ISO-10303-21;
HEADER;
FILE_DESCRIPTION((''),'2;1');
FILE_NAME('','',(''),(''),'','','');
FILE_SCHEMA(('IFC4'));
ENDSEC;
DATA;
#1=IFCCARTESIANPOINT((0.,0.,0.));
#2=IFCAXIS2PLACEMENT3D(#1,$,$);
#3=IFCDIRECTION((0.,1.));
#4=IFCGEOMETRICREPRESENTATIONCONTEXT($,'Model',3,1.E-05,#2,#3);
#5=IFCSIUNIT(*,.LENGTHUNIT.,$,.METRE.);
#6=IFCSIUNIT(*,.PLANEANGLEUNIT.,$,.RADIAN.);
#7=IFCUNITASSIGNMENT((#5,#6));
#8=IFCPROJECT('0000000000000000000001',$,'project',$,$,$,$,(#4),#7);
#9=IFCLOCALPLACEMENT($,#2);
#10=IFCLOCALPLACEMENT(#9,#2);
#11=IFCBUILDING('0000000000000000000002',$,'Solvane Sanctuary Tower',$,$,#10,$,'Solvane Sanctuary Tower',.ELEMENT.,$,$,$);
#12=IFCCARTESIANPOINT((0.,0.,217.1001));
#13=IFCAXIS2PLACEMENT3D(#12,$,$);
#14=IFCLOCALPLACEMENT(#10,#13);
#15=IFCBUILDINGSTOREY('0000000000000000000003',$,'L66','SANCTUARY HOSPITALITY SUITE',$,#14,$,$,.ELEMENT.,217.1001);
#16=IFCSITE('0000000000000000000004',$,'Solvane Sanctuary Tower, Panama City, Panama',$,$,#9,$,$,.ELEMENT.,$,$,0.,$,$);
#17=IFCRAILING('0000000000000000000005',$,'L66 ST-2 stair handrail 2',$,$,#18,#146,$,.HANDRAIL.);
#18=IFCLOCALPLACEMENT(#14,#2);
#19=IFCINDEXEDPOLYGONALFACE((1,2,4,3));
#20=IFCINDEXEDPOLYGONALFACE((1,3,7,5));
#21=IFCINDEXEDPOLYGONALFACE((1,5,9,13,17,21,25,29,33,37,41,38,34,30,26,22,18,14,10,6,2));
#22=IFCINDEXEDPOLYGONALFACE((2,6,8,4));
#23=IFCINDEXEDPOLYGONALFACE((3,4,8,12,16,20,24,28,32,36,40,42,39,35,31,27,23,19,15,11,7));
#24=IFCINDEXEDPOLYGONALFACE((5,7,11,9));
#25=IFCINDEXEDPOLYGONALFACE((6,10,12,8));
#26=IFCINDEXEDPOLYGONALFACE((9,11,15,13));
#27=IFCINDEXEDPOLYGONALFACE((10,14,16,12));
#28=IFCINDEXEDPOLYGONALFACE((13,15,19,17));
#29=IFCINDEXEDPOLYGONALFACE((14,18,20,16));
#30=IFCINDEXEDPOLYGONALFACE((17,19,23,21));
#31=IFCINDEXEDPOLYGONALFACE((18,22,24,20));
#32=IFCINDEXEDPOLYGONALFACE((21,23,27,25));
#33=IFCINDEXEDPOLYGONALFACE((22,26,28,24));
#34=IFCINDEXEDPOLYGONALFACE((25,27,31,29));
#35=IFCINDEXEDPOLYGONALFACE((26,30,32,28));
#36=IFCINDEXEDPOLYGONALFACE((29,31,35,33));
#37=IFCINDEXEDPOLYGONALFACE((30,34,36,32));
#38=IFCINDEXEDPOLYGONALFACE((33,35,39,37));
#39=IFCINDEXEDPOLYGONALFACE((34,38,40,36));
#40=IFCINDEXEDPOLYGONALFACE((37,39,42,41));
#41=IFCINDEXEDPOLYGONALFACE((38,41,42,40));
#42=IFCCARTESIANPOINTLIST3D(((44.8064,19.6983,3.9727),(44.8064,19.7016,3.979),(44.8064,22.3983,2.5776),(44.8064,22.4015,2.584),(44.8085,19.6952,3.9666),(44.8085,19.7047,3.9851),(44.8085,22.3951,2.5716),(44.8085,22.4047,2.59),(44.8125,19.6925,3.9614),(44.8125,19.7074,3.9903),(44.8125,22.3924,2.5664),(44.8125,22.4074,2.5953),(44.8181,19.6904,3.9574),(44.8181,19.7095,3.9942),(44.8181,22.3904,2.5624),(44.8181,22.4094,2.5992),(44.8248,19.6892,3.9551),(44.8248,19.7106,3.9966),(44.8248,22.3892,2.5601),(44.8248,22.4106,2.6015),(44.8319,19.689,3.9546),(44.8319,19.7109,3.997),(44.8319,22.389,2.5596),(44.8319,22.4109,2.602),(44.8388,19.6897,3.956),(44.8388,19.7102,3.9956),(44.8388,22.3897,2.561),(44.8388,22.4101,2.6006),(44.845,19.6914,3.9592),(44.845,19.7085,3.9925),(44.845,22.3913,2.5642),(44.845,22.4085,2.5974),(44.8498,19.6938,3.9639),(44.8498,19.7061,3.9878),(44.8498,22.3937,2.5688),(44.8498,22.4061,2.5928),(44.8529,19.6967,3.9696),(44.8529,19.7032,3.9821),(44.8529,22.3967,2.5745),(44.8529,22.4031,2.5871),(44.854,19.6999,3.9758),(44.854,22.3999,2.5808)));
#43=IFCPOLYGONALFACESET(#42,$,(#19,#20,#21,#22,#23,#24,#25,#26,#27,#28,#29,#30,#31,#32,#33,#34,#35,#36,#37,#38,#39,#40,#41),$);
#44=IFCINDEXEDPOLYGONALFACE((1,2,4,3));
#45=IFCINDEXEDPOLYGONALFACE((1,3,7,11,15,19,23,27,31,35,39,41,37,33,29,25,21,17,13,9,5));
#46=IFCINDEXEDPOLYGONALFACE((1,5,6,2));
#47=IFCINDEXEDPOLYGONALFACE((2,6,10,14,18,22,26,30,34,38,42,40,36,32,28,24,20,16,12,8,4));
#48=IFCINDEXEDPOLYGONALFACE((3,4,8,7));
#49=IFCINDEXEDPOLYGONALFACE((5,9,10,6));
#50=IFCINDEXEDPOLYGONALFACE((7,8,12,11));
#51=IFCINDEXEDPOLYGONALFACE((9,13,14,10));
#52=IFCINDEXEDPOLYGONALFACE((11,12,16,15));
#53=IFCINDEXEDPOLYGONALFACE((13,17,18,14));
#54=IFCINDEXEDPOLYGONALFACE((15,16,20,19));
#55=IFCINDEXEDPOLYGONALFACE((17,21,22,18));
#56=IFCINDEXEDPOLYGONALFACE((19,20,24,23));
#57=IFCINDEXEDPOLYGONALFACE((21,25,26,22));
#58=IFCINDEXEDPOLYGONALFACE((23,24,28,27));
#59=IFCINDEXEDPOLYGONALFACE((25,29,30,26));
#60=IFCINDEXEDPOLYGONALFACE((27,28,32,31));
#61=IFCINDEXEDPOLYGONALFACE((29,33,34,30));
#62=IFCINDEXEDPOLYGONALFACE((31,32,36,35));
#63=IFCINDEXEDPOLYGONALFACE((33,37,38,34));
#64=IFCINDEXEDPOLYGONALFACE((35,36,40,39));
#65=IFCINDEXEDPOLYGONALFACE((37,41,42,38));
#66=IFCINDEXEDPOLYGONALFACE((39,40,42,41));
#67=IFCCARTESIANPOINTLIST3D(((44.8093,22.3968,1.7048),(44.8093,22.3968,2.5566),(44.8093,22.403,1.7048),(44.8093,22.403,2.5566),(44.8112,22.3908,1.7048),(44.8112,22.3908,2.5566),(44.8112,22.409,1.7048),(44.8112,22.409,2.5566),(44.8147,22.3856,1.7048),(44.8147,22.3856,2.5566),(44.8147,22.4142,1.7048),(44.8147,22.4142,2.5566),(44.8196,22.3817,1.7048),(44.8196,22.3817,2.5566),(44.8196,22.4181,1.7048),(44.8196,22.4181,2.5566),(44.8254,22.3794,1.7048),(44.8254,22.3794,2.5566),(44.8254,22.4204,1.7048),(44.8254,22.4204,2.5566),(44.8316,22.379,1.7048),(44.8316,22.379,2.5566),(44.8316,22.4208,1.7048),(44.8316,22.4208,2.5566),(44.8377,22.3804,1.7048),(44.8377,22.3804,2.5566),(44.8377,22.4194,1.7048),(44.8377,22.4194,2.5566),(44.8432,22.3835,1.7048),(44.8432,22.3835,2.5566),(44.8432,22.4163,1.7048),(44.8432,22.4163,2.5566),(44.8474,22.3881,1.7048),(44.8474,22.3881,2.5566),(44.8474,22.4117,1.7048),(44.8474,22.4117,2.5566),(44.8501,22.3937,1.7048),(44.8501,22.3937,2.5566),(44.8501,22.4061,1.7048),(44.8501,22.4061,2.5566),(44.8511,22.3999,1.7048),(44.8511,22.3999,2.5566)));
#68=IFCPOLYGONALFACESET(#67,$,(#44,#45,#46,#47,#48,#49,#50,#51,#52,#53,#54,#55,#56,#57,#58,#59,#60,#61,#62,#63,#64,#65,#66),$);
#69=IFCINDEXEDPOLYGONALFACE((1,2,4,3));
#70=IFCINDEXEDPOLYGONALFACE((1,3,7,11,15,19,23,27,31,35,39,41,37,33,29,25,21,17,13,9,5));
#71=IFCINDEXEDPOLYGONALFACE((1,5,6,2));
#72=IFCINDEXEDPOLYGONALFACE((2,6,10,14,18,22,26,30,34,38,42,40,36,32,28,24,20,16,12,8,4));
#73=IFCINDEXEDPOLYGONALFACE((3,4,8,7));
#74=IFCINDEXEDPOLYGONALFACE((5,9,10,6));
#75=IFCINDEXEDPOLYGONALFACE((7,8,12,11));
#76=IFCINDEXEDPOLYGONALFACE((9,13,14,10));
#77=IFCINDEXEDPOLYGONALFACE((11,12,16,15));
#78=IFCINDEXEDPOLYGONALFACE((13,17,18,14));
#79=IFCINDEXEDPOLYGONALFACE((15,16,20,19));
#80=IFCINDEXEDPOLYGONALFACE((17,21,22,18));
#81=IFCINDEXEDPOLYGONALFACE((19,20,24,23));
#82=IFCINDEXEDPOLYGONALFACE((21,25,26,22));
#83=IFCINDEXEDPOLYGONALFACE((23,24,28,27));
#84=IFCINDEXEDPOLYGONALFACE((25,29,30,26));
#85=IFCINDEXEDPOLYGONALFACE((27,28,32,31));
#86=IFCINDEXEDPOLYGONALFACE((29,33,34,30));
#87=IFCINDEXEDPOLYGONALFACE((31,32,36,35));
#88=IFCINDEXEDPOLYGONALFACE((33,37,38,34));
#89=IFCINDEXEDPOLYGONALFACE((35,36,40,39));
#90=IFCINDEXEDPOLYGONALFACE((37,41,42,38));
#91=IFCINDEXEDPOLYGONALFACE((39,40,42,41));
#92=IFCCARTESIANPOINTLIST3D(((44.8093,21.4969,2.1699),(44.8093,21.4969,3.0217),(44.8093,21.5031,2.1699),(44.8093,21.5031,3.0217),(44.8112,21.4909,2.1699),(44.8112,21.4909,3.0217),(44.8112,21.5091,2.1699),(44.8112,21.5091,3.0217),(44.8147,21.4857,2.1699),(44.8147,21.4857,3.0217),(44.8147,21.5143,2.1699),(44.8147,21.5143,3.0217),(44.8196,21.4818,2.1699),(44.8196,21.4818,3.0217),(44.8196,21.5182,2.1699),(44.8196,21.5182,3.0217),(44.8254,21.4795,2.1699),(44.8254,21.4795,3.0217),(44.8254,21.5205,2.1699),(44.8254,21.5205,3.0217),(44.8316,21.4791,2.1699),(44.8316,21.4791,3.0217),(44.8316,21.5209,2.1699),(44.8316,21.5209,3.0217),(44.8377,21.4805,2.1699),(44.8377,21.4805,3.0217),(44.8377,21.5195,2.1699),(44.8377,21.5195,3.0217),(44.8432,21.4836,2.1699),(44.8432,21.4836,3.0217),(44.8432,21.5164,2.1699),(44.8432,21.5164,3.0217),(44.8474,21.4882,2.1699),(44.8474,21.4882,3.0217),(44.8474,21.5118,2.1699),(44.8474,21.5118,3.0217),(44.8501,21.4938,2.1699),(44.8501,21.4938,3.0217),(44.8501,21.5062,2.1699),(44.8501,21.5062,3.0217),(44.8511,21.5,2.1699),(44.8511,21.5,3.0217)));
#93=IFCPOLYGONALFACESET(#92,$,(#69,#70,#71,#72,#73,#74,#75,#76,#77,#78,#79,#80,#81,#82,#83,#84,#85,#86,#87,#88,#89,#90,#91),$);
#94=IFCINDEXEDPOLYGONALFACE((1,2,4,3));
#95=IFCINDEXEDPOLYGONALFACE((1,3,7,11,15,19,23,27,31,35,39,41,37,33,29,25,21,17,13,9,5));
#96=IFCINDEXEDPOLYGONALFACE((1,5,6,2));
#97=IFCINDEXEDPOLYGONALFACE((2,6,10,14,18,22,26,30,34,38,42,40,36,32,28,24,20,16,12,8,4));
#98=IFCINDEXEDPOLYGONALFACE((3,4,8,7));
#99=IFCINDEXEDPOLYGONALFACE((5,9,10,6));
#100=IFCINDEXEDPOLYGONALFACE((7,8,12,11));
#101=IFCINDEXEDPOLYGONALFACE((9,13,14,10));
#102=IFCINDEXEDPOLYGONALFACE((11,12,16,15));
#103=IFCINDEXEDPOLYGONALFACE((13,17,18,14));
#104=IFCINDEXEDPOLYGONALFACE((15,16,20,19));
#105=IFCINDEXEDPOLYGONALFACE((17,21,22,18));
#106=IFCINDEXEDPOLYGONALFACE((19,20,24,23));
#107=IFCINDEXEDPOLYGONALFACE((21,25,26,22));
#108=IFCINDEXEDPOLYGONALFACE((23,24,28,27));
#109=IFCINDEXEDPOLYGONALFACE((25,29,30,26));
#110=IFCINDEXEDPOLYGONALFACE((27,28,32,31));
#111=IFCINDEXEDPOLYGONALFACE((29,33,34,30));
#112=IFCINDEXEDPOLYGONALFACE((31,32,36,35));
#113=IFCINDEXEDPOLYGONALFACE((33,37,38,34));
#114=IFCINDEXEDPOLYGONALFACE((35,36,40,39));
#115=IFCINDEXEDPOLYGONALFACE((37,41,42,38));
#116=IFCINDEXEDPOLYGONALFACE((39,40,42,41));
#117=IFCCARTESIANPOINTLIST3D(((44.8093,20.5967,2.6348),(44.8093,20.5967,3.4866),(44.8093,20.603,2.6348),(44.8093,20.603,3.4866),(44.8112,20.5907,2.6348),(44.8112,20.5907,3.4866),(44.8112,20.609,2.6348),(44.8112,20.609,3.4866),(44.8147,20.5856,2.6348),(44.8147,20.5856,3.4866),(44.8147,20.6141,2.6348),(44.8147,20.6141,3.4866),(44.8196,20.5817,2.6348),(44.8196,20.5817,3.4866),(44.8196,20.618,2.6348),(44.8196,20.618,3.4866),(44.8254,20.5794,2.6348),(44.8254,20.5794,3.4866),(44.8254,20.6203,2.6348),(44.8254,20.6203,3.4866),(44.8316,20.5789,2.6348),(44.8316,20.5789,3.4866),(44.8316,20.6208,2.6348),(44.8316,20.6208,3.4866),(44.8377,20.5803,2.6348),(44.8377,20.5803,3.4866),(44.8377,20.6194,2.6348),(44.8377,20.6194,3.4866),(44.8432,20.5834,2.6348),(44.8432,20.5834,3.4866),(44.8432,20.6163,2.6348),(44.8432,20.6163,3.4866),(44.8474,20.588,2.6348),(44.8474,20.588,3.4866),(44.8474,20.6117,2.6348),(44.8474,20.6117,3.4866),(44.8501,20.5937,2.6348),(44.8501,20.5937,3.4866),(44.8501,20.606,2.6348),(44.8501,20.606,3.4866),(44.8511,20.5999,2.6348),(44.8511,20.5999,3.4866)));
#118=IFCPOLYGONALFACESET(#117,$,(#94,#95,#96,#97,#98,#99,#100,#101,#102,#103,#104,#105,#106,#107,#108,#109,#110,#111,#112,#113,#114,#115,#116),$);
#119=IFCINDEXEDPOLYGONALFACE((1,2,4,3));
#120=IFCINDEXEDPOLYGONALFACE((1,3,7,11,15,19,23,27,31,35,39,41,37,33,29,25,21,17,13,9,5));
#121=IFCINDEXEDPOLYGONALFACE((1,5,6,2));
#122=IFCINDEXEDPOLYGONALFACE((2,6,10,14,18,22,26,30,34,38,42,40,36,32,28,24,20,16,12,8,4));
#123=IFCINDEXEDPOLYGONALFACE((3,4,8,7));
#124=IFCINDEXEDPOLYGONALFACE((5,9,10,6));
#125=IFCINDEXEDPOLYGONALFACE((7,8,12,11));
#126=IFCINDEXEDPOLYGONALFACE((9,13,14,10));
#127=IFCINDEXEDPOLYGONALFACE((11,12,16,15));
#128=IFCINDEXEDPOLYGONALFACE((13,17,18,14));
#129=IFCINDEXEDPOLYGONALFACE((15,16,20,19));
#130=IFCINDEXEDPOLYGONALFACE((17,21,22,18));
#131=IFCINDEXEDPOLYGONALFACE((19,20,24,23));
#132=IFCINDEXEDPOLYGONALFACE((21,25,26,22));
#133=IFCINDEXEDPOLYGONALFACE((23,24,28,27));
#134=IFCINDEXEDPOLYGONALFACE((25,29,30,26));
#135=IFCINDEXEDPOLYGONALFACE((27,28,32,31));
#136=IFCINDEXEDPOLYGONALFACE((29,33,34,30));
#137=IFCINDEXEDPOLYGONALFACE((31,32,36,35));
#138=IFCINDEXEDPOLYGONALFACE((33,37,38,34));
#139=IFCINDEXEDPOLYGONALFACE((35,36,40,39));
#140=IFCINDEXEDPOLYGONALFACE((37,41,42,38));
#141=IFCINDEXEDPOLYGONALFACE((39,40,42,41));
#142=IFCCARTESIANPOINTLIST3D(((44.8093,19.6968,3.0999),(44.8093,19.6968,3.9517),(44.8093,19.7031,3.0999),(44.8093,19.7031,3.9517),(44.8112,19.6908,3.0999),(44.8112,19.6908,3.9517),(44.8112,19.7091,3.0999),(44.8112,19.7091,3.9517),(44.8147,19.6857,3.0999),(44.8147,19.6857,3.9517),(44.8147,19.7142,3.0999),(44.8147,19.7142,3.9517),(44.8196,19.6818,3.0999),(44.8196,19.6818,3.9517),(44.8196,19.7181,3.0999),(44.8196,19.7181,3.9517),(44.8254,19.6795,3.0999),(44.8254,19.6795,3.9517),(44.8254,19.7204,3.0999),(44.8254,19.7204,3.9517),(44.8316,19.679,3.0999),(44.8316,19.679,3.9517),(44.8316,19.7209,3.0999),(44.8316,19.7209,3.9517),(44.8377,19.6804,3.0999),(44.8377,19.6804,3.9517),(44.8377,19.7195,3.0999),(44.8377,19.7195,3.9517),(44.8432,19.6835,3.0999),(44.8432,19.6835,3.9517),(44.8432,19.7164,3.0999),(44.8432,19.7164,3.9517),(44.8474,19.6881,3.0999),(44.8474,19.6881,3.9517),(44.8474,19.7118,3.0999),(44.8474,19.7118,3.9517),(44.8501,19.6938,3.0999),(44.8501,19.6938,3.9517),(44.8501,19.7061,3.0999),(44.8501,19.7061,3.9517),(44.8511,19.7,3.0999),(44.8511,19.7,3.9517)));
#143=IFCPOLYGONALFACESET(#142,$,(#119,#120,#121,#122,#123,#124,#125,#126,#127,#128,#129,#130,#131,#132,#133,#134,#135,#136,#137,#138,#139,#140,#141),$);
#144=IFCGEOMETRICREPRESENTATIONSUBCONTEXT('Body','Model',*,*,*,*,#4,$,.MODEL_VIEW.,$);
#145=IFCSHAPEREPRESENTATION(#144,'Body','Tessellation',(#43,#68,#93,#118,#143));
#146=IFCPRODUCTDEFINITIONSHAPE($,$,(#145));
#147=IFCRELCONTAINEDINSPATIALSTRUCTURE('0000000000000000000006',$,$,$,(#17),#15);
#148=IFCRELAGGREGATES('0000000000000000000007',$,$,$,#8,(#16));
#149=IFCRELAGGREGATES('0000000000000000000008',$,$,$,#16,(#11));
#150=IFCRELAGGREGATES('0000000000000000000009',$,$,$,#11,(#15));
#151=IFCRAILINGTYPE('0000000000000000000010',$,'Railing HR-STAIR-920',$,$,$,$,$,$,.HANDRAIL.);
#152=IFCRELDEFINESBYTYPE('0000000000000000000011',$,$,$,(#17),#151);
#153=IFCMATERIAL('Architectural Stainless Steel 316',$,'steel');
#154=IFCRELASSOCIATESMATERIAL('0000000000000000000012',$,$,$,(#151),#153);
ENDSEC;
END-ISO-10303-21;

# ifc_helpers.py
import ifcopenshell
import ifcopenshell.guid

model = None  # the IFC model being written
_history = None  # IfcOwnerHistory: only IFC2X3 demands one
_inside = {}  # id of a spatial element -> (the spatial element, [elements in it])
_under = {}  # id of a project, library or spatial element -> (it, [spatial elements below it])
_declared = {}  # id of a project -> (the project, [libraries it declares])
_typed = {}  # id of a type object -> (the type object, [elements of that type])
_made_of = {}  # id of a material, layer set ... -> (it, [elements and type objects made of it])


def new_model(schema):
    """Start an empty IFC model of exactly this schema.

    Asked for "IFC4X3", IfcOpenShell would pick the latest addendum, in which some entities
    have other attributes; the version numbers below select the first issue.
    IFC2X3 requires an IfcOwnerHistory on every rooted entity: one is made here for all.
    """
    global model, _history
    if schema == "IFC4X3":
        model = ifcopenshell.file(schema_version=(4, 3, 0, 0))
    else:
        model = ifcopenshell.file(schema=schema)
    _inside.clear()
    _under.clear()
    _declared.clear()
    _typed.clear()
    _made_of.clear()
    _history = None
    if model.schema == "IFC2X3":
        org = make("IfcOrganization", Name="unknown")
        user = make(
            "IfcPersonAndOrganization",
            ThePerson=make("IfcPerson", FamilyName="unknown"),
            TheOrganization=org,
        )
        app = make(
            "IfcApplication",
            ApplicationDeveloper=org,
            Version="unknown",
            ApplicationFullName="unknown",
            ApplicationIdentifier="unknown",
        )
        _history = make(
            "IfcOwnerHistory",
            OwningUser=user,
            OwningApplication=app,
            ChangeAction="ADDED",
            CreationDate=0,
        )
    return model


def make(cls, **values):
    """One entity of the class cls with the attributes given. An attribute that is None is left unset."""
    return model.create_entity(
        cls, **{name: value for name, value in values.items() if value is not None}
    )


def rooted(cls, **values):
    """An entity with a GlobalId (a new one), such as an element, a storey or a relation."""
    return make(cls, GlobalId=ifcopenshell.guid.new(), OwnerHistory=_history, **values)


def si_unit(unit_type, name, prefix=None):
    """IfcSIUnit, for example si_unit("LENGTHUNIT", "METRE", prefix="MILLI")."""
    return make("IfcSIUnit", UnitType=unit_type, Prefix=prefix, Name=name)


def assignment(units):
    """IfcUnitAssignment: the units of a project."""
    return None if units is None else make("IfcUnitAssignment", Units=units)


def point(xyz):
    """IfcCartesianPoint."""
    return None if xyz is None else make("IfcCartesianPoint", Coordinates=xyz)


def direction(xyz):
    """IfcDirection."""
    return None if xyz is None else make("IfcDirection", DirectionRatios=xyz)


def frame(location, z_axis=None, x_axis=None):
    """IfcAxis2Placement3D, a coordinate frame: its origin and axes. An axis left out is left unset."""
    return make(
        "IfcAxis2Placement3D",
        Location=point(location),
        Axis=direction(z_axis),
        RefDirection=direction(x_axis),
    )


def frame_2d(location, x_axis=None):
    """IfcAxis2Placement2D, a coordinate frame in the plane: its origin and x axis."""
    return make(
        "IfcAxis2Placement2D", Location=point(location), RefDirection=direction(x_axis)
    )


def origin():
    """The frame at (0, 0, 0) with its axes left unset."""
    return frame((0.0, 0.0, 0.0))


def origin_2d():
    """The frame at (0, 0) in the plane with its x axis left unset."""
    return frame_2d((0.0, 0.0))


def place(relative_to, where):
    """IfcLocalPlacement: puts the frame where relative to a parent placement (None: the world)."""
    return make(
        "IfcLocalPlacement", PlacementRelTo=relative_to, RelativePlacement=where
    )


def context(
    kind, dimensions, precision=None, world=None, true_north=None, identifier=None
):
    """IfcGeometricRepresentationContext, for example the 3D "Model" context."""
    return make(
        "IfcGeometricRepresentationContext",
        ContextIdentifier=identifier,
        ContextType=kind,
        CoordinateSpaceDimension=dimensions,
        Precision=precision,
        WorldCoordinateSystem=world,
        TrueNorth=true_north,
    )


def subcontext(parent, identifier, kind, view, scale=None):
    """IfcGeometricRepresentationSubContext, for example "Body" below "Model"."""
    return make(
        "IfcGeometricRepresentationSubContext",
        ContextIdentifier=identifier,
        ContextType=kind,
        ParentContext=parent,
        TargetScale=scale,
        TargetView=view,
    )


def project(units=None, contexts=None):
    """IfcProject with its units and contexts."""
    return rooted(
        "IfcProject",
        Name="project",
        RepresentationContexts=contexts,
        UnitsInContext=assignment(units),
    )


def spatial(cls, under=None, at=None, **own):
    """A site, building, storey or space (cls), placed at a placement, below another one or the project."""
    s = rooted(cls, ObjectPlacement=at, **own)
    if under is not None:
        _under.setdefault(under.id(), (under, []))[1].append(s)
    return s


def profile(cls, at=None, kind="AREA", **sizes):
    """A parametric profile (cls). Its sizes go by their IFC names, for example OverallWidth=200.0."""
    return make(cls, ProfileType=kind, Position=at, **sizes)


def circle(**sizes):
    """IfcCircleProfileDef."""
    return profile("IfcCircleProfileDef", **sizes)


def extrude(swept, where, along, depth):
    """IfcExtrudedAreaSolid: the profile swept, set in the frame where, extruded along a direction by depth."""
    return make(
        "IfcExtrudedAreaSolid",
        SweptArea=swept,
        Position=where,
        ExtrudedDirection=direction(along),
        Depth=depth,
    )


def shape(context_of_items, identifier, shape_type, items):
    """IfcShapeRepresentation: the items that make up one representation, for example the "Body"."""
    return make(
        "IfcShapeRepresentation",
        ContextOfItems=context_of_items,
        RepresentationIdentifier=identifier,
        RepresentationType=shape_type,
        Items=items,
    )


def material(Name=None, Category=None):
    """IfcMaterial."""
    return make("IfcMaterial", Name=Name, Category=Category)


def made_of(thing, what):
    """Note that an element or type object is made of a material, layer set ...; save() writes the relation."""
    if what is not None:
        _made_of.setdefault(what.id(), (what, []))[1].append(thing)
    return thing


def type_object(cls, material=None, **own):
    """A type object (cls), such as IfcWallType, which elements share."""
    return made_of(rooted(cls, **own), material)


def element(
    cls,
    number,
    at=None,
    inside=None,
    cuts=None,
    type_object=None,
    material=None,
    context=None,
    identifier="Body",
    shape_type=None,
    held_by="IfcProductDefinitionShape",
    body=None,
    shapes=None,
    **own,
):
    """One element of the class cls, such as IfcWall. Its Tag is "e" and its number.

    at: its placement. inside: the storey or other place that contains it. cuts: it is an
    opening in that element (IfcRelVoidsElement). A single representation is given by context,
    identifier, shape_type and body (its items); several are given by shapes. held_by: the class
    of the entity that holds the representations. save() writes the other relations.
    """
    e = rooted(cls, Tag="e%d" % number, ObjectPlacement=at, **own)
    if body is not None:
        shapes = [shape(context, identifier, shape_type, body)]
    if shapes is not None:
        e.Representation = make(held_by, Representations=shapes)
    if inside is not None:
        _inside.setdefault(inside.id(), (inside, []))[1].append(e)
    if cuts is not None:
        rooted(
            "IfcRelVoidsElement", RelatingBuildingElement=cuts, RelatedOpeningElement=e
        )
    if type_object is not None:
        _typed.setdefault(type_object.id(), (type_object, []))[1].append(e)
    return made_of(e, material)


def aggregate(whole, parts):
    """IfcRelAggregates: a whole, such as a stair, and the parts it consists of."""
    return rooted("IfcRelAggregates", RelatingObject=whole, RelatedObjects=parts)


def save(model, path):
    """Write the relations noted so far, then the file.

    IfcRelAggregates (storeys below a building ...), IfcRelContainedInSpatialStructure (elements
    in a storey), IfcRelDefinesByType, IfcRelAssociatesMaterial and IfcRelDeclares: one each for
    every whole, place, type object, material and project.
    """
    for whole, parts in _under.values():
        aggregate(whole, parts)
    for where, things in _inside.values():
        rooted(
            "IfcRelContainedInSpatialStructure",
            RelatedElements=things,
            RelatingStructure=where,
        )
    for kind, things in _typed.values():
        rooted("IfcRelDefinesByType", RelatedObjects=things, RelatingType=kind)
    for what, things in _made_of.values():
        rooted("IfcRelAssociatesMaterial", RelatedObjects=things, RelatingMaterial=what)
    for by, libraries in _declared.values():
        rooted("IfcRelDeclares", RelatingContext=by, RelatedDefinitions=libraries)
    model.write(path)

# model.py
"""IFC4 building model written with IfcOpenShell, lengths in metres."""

from ifc_helpers import new_model, si_unit, direction, frame, origin, origin_2d, place, context, subcontext, project, spatial, circle, extrude, material, type_object, element, save


model = new_model("IFC4")

# Units and contexts
model_context = context("Model", 3, precision=1e-05, world=origin(), true_north=direction((0.0, 1.0)))
body_context = subcontext(model_context, "Body", "Model", "MODEL_VIEW")
ifc_project = project(units=[si_unit("LENGTHUNIT", "METRE"), si_unit("PLANEANGLEUNIT", "RADIAN")], contexts=[model_context])

# Site, building, storey
site_placement = place(None, origin())
site = spatial("IfcSite", under=ifc_project, at=site_placement, Name="Solvane Sanctuary Tower, Panama City, Panama", CompositionType="ELEMENT", RefElevation=0.0)
building_placement = place(site_placement, origin())
building = spatial("IfcBuilding", under=site, at=building_placement, Name="Solvane Sanctuary Tower", LongName="Solvane Sanctuary Tower", CompositionType="ELEMENT")
storey_placement = place(building_placement, frame((0.0, 0.0, 217.1001)))
storey = spatial("IfcBuildingStorey", under=building, at=storey_placement, Name="L66", Description="SANCTUARY HOSPITALITY SUITE", CompositionType="ELEMENT", Elevation=217.1001)

# Shared definitions
ifc_material_1 = material(Name="Architectural Stainless Steel 316", Category="steel")

# Railing
railing_type_1 = type_object("IfcRailingType", Name="Railing HR-STAIR-920", PredefinedType="HANDRAIL", material=ifc_material_1)
railing_1_placement = place(storey_placement, frame((44.8301, 22.3999, 1.7048)))
element("IfcRailing", 1, at=railing_1_placement, inside=storey, type_object=railing_type_1, Name="L66 ST-2 stair handrail 2", PredefinedType="HANDRAIL", context=body_context, shape_type="SweptSolid", body=[
    extrude(circle(Radius=0.0239, at=origin_2d()), frame((0.0, 0.0, 0.876), z_axis=(0.0, -0.88842, 0.459032), x_axis=(1.0, 0.0, 0.0)), (0.0, 0.0, 1.0), 3.0391),
    extrude(circle(Radius=0.021, at=origin_2d()), origin(), (0.0, 0.0, 1.0), 0.8518),
    extrude(circle(Radius=0.021, at=origin_2d()), frame((0.0, -0.8999, 0.4651)), (0.0, 0.0, 1.0), 0.8518),
    extrude(circle(Radius=0.021, at=origin_2d()), frame((0.0, -1.8, 0.9299)), (0.0, 0.0, 1.0), 0.8518),
    extrude(circle(Radius=0.021, at=origin_2d()), frame((0.0, -2.7, 1.395)), (0.0, 0.0, 1.0), 0.8518),
])

save(model, "model.ifc")
